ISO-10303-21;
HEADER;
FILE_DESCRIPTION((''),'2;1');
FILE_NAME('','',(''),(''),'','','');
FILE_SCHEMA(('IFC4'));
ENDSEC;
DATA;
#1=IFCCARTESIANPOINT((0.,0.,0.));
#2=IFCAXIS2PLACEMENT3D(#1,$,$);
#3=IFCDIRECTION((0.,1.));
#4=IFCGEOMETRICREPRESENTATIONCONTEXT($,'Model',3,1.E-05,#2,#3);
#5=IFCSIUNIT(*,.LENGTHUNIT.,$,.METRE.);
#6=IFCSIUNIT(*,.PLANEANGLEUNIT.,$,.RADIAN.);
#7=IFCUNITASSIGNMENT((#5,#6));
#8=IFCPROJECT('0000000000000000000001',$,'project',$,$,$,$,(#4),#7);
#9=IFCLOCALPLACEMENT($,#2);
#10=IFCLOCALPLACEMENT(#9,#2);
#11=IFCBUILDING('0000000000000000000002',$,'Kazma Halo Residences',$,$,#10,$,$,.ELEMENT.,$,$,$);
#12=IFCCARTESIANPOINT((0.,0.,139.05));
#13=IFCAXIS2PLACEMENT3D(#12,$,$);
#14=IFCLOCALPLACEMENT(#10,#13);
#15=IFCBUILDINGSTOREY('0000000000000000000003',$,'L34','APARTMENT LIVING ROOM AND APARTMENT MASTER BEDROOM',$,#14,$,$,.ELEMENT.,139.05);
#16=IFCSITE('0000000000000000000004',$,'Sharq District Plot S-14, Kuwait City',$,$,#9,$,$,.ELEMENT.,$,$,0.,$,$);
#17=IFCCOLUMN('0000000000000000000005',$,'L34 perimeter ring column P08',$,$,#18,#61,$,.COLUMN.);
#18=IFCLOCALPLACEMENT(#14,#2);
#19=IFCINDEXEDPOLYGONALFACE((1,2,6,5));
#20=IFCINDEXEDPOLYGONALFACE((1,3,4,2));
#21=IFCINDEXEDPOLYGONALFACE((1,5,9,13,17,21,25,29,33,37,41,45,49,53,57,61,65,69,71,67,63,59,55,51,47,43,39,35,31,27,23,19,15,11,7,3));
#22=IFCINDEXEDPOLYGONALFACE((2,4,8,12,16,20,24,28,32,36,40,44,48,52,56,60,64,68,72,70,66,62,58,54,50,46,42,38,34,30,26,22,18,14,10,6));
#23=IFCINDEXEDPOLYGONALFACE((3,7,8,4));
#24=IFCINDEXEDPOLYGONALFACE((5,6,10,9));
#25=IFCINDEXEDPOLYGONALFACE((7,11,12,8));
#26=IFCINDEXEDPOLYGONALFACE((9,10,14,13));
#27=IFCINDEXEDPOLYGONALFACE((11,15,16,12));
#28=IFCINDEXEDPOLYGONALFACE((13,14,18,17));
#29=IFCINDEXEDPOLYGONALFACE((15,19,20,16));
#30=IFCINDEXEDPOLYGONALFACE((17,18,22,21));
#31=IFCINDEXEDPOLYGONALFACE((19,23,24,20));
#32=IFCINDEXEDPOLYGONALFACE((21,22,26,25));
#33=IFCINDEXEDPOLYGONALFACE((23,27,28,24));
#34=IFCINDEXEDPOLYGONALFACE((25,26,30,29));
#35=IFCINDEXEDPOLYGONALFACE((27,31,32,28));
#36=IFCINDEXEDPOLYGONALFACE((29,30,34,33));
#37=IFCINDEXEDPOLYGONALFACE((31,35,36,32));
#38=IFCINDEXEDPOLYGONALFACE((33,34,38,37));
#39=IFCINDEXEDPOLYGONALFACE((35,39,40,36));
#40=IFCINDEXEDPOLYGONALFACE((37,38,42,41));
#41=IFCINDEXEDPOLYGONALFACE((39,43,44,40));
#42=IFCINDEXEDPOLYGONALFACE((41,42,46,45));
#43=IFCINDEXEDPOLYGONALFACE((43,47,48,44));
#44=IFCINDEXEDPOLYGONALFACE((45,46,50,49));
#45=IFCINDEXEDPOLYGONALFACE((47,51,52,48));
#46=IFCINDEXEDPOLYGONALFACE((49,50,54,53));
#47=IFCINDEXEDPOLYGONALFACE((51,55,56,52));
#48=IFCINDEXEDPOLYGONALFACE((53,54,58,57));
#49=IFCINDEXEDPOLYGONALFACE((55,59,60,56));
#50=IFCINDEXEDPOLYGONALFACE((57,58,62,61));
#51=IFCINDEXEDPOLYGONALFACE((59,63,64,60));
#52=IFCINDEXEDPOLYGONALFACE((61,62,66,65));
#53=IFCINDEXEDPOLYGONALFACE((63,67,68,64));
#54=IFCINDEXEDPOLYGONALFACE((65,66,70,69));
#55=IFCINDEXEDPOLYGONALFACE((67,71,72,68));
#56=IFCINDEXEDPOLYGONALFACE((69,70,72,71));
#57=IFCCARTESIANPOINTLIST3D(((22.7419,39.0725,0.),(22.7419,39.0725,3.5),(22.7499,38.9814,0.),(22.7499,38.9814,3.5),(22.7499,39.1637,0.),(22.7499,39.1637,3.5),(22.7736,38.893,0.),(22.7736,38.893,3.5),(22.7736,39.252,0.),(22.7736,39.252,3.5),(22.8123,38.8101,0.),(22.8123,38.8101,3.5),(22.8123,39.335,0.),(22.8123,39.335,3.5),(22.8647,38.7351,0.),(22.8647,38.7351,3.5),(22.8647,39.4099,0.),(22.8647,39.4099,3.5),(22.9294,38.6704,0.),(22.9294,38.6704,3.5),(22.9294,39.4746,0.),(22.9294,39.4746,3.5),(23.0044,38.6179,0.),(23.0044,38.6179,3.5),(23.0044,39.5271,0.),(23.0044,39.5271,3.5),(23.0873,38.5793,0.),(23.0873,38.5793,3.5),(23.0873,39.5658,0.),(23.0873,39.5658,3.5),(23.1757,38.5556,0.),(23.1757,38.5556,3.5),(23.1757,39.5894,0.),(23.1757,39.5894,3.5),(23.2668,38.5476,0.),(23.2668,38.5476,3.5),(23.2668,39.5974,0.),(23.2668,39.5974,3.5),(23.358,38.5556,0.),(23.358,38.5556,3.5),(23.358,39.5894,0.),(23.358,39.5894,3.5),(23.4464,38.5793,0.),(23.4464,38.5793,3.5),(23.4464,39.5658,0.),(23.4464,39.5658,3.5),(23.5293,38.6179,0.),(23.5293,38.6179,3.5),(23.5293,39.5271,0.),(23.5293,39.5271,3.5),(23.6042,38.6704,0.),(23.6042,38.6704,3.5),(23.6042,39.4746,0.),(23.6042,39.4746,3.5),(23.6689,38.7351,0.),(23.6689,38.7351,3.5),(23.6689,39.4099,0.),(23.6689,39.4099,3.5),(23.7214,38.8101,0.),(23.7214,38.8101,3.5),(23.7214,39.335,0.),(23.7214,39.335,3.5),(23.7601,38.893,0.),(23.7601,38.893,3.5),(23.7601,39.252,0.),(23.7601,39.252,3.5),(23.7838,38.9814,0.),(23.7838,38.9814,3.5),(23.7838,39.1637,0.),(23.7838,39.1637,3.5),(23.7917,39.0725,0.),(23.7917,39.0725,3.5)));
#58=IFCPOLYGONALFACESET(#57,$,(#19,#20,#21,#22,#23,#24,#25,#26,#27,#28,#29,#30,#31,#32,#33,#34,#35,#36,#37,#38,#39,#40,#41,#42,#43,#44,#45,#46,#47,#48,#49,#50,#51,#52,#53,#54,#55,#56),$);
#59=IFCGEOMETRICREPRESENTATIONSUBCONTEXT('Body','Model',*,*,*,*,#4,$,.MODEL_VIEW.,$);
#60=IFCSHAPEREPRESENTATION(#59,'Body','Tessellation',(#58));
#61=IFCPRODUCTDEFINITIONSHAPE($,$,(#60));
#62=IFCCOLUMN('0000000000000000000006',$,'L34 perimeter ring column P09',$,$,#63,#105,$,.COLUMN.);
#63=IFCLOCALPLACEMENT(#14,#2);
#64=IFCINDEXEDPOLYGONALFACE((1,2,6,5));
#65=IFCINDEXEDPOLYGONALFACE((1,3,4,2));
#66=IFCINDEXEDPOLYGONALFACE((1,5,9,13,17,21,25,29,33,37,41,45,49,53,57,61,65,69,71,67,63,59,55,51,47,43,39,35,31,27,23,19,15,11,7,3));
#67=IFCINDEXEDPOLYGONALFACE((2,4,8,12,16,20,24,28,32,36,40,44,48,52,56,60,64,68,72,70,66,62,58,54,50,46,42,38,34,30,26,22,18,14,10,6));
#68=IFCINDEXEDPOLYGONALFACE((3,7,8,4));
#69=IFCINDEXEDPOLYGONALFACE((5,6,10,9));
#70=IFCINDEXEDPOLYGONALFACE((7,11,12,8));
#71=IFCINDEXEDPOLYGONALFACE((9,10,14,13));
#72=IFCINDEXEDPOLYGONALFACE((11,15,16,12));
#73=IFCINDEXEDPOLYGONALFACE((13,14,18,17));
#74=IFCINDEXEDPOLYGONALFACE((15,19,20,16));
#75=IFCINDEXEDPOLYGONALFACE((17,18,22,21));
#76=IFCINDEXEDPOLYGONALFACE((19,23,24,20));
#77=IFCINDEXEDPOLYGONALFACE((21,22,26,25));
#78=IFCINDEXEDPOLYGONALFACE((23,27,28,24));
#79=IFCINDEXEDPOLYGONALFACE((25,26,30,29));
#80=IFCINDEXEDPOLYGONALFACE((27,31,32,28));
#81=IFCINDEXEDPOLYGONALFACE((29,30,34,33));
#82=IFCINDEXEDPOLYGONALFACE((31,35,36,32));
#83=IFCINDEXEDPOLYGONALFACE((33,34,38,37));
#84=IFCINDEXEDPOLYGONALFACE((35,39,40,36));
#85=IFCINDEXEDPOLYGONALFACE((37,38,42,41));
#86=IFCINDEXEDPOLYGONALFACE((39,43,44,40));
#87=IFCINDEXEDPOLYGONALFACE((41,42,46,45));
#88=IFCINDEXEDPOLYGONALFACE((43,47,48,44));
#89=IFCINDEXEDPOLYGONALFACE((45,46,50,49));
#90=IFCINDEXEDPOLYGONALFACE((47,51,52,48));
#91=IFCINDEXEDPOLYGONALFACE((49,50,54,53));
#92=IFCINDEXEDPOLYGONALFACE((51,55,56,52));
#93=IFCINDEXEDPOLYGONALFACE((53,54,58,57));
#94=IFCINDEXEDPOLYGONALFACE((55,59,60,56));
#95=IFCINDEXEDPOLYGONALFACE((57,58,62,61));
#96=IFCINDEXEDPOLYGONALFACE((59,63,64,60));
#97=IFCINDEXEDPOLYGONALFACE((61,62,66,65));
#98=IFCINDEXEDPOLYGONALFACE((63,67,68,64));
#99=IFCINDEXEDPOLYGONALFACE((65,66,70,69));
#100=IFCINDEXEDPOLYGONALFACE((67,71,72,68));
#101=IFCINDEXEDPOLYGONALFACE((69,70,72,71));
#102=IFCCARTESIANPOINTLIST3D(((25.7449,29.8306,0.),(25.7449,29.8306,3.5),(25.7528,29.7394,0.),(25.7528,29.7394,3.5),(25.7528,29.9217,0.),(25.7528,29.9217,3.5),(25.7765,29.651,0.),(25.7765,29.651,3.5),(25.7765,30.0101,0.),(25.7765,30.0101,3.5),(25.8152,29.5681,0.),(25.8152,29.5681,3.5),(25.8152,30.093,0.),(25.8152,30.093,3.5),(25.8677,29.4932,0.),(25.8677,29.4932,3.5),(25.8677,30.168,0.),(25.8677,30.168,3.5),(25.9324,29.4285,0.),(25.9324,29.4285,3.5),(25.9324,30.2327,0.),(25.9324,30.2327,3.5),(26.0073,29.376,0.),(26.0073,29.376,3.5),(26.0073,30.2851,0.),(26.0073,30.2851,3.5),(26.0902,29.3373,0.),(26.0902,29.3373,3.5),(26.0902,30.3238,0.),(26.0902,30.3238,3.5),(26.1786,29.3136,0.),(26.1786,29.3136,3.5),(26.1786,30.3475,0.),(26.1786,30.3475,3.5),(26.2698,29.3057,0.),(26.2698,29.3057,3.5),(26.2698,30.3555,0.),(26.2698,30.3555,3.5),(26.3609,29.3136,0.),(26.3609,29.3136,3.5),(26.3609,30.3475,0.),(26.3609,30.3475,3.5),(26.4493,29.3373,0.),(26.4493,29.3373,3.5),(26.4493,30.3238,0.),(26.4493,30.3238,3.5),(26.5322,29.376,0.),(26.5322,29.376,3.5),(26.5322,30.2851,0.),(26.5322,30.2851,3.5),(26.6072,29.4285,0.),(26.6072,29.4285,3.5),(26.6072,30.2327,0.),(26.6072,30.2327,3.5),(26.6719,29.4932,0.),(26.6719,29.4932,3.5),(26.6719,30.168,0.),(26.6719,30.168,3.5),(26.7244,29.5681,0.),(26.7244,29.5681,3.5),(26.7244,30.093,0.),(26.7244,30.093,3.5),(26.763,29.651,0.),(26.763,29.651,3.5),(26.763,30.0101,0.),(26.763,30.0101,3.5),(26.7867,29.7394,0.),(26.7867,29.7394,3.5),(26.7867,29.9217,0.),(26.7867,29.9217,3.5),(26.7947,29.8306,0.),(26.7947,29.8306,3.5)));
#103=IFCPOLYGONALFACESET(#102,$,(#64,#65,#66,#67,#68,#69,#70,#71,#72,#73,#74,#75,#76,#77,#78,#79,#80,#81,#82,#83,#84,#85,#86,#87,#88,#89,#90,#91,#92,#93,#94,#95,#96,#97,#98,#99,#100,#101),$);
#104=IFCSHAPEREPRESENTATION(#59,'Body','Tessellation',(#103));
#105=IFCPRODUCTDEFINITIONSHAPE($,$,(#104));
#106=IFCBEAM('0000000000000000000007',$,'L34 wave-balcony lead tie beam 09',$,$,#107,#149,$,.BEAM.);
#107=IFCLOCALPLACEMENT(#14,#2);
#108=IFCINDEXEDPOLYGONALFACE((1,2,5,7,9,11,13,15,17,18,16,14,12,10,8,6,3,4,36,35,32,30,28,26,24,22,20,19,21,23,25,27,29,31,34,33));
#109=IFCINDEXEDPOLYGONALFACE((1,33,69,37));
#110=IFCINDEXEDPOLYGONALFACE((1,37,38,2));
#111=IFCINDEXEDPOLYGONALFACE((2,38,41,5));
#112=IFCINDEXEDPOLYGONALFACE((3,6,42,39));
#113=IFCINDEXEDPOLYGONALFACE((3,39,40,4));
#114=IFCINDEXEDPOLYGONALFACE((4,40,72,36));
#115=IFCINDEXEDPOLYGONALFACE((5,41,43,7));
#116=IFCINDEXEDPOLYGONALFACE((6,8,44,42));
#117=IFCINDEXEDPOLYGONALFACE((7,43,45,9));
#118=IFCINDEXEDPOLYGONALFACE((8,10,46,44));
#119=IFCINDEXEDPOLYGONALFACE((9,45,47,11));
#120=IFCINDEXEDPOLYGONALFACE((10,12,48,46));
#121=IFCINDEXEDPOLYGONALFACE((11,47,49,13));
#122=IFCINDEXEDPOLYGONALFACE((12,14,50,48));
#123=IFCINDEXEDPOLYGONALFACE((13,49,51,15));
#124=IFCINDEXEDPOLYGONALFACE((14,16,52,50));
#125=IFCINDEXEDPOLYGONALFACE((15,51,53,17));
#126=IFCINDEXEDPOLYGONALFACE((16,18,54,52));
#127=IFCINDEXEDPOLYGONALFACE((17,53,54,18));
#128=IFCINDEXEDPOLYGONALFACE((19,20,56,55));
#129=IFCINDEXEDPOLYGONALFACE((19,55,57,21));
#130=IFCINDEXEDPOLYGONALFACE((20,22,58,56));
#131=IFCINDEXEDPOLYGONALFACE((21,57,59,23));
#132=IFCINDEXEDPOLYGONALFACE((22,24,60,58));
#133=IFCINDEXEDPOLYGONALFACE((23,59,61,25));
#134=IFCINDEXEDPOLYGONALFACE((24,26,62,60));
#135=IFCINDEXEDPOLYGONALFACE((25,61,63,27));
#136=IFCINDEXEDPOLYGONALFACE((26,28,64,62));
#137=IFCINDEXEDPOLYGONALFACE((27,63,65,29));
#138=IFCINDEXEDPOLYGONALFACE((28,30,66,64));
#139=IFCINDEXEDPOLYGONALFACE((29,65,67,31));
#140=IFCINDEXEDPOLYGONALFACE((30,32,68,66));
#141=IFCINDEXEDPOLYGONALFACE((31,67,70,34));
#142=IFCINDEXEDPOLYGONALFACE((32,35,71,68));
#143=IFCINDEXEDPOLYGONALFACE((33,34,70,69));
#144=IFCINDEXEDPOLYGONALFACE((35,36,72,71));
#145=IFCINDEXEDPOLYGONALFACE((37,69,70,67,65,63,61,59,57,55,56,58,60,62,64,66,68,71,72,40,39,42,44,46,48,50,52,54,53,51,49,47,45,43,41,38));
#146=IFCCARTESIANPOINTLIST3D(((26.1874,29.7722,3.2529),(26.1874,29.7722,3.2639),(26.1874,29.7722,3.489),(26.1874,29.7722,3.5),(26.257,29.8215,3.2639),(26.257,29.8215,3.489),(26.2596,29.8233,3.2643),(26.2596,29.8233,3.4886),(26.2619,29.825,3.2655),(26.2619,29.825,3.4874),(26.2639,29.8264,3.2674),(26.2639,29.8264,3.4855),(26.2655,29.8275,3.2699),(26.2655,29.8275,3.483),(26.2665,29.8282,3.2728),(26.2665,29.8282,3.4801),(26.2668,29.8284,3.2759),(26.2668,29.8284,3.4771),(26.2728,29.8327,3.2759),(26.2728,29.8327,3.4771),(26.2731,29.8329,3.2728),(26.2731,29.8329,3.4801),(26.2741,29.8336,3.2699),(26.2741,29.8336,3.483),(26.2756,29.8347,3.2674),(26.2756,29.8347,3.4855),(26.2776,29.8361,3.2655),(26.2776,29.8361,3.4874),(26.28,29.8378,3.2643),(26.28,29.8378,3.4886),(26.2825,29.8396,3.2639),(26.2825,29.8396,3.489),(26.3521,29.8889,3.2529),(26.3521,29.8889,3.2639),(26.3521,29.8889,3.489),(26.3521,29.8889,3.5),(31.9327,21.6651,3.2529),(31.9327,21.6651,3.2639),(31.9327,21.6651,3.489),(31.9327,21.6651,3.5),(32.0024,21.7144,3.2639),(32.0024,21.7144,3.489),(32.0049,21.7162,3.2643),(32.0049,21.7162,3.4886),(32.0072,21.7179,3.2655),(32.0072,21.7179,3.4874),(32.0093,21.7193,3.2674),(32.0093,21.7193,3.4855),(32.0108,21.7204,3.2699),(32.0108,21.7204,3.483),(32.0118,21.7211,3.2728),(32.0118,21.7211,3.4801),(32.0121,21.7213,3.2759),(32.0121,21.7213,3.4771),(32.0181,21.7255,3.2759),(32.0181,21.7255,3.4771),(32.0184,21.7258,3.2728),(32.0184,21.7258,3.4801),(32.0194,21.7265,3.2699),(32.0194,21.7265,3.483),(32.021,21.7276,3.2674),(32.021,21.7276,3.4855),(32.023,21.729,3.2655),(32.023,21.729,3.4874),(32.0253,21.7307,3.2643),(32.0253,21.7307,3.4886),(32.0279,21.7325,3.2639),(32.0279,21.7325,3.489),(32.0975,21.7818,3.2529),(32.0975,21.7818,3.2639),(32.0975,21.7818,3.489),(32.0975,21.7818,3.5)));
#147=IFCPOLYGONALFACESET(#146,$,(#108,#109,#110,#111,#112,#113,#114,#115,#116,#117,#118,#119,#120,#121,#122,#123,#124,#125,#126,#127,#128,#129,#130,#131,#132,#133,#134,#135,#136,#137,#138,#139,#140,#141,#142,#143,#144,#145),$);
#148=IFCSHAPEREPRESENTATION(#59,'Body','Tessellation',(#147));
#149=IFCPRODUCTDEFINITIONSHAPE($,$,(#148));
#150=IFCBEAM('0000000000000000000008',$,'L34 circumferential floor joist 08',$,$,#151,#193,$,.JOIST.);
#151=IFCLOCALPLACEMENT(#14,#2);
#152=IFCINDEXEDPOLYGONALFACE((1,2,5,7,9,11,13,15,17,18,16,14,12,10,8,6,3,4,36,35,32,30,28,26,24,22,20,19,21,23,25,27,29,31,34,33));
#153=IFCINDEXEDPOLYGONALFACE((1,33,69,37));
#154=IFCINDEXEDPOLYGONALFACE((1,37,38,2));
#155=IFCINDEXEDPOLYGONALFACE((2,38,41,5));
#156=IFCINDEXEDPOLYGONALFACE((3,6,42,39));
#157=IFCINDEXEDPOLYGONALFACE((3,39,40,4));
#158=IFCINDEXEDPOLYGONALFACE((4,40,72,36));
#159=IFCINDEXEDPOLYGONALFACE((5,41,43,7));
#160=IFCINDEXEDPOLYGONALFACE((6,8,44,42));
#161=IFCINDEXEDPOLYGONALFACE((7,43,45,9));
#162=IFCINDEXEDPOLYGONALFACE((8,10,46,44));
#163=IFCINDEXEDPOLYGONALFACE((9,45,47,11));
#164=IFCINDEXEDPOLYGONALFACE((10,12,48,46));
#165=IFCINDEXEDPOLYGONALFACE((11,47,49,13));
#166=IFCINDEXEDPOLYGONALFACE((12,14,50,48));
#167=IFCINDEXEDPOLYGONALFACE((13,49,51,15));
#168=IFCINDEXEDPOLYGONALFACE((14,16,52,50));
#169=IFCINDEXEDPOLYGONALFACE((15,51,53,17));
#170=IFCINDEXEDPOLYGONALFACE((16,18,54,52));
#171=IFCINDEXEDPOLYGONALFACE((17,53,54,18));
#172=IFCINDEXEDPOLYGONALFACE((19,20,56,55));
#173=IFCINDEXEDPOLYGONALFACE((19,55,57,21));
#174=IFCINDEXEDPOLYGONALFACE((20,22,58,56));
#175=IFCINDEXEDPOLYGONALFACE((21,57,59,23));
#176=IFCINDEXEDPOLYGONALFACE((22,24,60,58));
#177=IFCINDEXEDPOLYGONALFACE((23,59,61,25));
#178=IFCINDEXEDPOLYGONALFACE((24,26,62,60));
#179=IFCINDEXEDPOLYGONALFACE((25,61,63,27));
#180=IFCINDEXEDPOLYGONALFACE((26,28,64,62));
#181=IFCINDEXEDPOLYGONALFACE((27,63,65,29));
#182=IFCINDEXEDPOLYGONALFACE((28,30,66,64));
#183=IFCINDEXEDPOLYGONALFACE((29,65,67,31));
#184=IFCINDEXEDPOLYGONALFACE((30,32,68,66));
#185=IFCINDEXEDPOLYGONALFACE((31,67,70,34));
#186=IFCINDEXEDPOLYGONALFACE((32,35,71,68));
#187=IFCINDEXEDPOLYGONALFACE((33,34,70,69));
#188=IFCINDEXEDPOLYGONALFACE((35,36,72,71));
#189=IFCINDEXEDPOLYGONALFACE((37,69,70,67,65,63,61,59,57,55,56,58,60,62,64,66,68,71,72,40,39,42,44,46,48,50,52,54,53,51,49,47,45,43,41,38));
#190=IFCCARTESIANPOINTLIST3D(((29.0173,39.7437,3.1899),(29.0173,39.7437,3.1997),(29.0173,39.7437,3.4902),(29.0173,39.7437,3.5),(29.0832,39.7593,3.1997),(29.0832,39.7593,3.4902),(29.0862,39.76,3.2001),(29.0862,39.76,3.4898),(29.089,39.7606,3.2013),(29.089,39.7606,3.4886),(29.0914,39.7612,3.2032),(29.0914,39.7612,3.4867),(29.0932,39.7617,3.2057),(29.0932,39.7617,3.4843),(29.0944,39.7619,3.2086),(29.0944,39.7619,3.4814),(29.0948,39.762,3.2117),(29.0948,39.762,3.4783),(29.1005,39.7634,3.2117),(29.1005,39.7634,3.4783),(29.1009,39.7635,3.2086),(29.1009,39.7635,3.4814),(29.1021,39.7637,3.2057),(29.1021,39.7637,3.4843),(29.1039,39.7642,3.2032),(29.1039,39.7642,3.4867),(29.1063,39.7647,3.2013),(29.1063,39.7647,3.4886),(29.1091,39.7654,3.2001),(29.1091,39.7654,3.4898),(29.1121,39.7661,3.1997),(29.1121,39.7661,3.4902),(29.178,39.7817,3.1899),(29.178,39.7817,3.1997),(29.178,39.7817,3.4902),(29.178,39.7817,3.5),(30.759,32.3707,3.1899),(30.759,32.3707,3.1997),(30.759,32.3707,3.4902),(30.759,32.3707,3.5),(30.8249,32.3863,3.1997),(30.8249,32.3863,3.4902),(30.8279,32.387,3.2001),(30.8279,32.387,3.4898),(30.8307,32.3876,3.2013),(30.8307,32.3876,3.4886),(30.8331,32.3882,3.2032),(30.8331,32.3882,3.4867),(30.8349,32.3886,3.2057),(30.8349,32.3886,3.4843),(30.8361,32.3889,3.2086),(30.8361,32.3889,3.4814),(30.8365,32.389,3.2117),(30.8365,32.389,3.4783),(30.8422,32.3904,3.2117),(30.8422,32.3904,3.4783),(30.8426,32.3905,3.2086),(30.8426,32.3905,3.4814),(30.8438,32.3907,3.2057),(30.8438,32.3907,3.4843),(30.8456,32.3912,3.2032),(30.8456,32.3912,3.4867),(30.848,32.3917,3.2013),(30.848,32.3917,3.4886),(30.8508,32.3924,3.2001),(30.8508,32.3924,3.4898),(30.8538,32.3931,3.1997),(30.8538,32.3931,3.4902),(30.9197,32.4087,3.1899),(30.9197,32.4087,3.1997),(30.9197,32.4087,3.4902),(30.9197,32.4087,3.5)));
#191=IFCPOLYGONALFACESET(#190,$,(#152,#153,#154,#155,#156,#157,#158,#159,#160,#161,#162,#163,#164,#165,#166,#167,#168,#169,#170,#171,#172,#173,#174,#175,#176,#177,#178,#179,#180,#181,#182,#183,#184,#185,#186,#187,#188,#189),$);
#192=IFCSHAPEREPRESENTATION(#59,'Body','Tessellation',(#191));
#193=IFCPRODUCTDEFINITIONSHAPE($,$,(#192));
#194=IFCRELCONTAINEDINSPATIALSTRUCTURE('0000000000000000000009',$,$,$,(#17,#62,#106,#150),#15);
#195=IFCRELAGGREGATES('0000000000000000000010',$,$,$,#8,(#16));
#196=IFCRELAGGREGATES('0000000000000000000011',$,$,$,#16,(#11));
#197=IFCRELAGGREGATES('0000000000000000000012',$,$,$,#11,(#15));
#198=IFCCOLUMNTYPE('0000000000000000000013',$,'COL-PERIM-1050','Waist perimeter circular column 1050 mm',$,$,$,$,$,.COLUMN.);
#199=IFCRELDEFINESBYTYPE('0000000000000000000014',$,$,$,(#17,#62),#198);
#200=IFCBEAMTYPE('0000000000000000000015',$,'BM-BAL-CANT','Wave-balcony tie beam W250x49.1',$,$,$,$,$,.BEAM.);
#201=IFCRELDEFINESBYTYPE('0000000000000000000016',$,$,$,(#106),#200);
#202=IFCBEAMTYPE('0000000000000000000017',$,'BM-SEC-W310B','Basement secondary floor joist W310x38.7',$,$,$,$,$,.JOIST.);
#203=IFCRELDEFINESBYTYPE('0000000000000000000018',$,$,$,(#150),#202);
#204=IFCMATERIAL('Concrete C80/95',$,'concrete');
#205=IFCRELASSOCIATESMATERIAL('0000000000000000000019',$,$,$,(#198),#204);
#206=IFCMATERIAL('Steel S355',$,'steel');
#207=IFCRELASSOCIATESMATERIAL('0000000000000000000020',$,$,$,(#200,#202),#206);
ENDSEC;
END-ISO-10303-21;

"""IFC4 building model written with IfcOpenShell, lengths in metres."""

from ifc_helpers import new_model, si_unit, direction, frame, origin, origin_2d, place, context, subcontext, project, spatial, circle, i_section, extrude, material, material_profile, profile_set, type_object, element, save


model = new_model("IFC4")

# Units and contexts
model_context = context("Model", 3, precision=1e-05, world=origin(), true_north=direction((0.0, 1.0)))
body_context = subcontext(model_context, "Body", "Model", "MODEL_VIEW")
ifc_project = project(units=[si_unit("LENGTHUNIT", "METRE"), si_unit("PLANEANGLEUNIT", "RADIAN")], contexts=[model_context])

# Site, building, storey
site_placement = place(None, origin())
site = spatial("IfcSite", under=ifc_project, at=site_placement, Name="Sharq District Plot S-14, Kuwait City", CompositionType="ELEMENT", RefElevation=0.0)
building_placement = place(site_placement, origin())
building = spatial("IfcBuilding", under=site, at=building_placement, Name="Kazma Halo Residences", CompositionType="ELEMENT")
storey_placement = place(building_placement, frame((0.0, 0.0, 139.05)))
storey = spatial("IfcBuildingStorey", under=building, at=storey_placement, Name="L34", Description="APARTMENT LIVING ROOM AND APARTMENT MASTER BEDROOM", CompositionType="ELEMENT", Elevation=139.05)

# Columns
ifc_material_1 = material(Name="Concrete C80/95", Category="concrete")
ifc_material_profile_1 = material_profile(ifc_material_1, circle(Radius=0.5249, at=origin_2d()), Name="CIRC1050")
ifc_profile_set_1 = profile_set([ifc_material_profile_1], Name="Concrete C80/95")
column_type = type_object("IfcColumnType", Name="COL-PERIM-1050", Description="Waist perimeter circular column 1050 mm", PredefinedType="COLUMN", material=ifc_profile_set_1)
for number, where, z_axis, x_axis, name in (
    (1, (23.2668, 39.0725, 0.0), (0.0, 0.0, 1.0), (1.0, 0.0, 0.0), "L34 perimeter ring column P08"),
    (2, (26.2698, 29.8306, 0.0), (0.0, 0.0, 1.0), (1.0, 0.0, 0.0), "L34 perimeter ring column P09"),
):
    element("IfcColumn", number, at=place(storey_placement, frame(where, z_axis=z_axis, x_axis=x_axis)), inside=storey, type_object=column_type, Name=name, PredefinedType="COLUMN", context=body_context, shape_type="SweptSolid", body=[
        extrude(circle(Radius=0.5249, at=origin_2d()), origin(), (0.0, 0.0, 1.0), 3.5),
    ])

# Beams
ifc_material_2 = material(Name="Steel S355", Category="steel")
ifc_material_profile_2 = material_profile(ifc_material_2, i_section(OverallWidth=0.2019, OverallDepth=0.2471, WebThickness=0.0073, FlangeThickness=0.011, FilletRadius=0.012, at=origin_2d()), Name="W250x49.1")
ifc_profile_set_2 = profile_set([ifc_material_profile_2], Name="Steel S355")
beam_type_1 = type_object("IfcBeamType", Name="BM-BAL-CANT", Description="Wave-balcony tie beam W250x49.1", PredefinedType="BEAM", material=ifc_profile_set_2)
beam_1_placement = place(storey_placement, frame((26.2698, 29.8306, 3.3765), z_axis=(0.578203, -0.815893, 0.0), x_axis=(0.815893, 0.578203, 0.0)))
element("IfcBeam", 3, at=beam_1_placement, inside=storey, type_object=beam_type_1, Name="L34 wave-balcony lead tie beam 09", PredefinedType="BEAM", context=body_context, shape_type="SweptSolid", body=[
    extrude(i_section(OverallWidth=0.2019, OverallDepth=0.2471, WebThickness=0.0073, FlangeThickness=0.011, FilletRadius=0.012, at=origin_2d()), origin(), (0.0, 0.0, 1.0), 9.9365),
])
ifc_material_profile_3 = material_profile(ifc_material_2, i_section(OverallWidth=0.165, OverallDepth=0.3101, WebThickness=0.0059, FlangeThickness=0.0098, FilletRadius=0.012, at=origin_2d()), Name="W310x38.7")
ifc_profile_set_3 = profile_set([ifc_material_profile_3], Name="Steel S355")
beam_type_2 = type_object("IfcBeamType", Name="BM-SEC-W310B", Description="Basement secondary floor joist W310x38.7", PredefinedType="JOIST", material=ifc_profile_set_3)
beam_2_placement = place(storey_placement, frame((29.0977, 39.7627, 3.345), z_axis=(0.229898, -0.973215, 0.0), x_axis=(0.973215, 0.229898, 0.0)))
element("IfcBeam", 4, at=beam_2_placement, inside=storey, type_object=beam_type_2, Name="L34 circumferential floor joist 08", PredefinedType="JOIST", context=body_context, shape_type="SweptSolid", body=[
    extrude(i_section(OverallWidth=0.165, OverallDepth=0.3101, WebThickness=0.0059, FlangeThickness=0.0098, FilletRadius=0.012, at=origin_2d()), origin(), (0.0, 0.0, 1.0), 7.5759),
])

save(model, "model.ifc")
